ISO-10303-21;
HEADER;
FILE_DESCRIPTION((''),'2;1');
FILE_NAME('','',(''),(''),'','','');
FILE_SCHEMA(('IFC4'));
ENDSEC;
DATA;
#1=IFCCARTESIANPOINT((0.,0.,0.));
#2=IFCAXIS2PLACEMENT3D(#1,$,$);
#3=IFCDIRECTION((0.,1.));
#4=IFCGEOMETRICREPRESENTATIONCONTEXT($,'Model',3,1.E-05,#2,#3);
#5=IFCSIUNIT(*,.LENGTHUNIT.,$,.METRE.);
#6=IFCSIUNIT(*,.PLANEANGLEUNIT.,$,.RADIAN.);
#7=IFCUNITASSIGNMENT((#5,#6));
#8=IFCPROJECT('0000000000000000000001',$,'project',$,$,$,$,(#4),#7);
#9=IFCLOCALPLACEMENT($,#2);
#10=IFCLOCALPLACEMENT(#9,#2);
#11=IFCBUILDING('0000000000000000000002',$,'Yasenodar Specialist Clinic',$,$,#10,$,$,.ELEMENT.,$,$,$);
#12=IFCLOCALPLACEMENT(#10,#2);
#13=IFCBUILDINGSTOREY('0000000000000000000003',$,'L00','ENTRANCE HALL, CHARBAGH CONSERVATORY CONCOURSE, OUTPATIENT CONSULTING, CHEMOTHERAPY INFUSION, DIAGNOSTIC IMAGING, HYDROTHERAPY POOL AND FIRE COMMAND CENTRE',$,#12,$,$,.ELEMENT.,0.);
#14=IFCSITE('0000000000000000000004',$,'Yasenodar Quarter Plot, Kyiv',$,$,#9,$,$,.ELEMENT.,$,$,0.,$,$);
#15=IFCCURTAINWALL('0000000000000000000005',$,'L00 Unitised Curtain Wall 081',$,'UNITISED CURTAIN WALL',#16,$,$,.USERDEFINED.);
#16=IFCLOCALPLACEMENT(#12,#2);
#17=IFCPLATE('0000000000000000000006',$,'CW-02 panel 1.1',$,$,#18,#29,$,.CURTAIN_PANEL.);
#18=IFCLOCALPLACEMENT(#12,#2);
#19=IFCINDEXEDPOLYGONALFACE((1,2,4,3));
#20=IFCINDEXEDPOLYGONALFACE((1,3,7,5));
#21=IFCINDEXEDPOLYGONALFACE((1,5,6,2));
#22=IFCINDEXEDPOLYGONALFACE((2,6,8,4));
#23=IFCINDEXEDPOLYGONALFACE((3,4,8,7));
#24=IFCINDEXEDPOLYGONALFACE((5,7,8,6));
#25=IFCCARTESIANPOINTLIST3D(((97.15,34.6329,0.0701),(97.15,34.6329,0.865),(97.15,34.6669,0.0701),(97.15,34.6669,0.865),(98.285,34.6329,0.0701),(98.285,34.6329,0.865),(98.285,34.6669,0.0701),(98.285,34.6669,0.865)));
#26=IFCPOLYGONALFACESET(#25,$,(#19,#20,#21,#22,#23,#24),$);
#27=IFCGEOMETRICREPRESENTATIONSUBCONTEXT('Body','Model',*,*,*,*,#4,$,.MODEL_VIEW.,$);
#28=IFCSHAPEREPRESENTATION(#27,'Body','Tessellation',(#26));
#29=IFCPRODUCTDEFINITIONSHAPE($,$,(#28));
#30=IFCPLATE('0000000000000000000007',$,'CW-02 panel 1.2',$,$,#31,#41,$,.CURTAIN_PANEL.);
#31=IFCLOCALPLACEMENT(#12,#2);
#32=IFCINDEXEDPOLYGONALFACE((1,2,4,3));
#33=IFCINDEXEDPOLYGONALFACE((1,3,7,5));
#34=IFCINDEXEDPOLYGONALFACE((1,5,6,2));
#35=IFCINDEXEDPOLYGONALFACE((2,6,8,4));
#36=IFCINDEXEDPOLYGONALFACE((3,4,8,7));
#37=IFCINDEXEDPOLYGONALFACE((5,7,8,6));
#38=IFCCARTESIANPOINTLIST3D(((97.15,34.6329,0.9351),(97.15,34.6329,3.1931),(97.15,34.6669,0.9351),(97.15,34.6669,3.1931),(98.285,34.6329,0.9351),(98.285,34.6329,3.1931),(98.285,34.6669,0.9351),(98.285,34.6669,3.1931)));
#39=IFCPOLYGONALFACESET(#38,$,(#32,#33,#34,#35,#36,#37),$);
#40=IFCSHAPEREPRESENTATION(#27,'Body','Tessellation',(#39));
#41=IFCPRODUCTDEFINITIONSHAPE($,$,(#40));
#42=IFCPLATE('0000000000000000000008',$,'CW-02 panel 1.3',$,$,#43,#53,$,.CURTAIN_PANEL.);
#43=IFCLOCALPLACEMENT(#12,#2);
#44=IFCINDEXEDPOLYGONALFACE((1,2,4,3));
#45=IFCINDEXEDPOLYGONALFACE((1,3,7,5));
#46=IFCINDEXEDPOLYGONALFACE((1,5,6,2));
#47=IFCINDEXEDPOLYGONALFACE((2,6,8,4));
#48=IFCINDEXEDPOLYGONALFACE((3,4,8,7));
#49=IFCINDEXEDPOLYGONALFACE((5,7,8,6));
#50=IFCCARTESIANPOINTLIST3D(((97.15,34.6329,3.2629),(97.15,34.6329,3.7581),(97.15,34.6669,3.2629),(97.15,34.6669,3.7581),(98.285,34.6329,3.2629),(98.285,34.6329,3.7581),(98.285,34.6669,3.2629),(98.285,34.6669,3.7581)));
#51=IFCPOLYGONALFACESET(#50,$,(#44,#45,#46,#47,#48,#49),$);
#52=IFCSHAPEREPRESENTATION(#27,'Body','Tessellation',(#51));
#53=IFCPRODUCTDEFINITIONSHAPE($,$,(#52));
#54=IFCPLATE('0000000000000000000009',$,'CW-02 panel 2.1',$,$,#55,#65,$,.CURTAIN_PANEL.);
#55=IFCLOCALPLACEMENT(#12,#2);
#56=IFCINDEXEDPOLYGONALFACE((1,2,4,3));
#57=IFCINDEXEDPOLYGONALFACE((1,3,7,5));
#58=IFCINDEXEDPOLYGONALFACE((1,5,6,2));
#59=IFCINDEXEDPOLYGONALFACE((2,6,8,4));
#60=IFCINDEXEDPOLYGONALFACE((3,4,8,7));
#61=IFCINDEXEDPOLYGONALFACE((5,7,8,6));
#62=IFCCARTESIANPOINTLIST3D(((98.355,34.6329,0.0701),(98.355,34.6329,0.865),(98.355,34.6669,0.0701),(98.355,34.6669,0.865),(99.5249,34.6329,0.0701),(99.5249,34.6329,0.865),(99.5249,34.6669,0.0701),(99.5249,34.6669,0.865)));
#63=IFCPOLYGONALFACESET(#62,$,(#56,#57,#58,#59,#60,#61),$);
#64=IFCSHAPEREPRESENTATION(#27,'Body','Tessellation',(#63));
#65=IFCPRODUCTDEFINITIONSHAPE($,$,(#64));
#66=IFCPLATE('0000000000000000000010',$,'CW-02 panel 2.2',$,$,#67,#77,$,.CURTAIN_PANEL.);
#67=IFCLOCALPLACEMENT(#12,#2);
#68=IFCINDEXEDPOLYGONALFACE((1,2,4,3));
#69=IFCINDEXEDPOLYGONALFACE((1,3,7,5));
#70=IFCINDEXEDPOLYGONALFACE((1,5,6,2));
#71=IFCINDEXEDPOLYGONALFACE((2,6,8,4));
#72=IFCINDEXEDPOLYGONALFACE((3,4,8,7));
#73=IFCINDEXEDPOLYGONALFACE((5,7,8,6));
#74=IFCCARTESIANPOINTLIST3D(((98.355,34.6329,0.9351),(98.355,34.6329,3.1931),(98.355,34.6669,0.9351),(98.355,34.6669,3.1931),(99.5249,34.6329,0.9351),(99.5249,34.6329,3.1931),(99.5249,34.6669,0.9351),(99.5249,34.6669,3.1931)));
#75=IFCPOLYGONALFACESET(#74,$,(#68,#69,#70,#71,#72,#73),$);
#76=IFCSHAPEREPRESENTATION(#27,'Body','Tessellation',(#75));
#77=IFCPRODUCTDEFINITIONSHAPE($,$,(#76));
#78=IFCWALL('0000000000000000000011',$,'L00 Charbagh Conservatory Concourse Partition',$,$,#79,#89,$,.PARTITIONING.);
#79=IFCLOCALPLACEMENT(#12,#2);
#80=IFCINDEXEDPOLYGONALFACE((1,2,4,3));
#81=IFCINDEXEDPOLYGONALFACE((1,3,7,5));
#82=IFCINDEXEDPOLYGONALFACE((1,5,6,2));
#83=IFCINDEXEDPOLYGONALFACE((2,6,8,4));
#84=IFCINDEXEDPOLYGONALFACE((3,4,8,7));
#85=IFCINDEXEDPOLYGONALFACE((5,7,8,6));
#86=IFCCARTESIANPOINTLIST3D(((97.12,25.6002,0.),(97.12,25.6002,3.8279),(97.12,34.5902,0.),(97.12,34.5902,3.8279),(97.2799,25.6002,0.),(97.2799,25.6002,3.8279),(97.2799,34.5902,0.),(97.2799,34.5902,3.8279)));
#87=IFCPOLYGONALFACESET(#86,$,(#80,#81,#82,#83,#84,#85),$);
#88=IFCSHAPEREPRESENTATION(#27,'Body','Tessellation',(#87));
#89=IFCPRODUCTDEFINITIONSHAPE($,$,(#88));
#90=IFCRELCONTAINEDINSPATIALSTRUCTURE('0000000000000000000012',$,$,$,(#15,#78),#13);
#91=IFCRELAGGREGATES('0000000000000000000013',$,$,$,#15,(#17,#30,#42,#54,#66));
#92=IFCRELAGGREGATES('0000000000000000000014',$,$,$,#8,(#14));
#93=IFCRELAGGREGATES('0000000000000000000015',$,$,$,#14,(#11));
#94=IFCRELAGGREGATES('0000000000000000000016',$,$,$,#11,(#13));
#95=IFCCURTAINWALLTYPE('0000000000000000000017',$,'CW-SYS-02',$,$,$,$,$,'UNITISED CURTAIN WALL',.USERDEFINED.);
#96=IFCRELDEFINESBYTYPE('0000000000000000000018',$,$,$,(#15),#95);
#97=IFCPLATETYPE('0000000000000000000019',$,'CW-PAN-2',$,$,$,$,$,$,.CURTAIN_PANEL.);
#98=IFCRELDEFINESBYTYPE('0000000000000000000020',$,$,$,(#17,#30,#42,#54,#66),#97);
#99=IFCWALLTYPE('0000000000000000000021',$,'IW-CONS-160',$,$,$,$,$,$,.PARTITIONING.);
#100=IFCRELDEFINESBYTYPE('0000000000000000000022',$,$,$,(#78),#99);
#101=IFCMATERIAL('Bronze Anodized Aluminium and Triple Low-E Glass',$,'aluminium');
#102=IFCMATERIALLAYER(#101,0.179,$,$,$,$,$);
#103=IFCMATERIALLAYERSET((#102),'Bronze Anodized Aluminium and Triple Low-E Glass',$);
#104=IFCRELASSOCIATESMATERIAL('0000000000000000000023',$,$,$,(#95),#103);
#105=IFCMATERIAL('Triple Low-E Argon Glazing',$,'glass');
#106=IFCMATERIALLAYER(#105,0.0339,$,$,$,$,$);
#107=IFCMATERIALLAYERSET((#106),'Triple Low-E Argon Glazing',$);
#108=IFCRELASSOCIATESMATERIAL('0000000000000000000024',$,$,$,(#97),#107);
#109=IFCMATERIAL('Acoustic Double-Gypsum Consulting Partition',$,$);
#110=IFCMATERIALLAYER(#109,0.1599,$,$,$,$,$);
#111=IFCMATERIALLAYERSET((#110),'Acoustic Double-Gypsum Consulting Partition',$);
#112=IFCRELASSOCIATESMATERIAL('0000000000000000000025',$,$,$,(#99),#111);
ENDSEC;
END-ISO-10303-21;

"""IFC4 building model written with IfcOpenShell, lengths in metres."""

from ifc_helpers import new_model, si_unit, direction, frame, frame_2d, origin, origin_2d, place, context, subcontext, project, spatial, rectangle, extrude, material, layer, layer_set, type_object, element, aggregate, save


model = new_model("IFC4")

# Units and contexts
model_context = context("Model", 3, precision=1e-05, world=origin(), true_north=direction((0.0, 1.0)))
body_context = subcontext(model_context, "Body", "Model", "MODEL_VIEW")
ifc_project = project(units=[si_unit("LENGTHUNIT", "METRE"), si_unit("PLANEANGLEUNIT", "RADIAN")], contexts=[model_context])

# Site, building, storey
site_placement = place(None, origin())
site = spatial("IfcSite", under=ifc_project, at=site_placement, Name="Yasenodar Quarter Plot, Kyiv", CompositionType="ELEMENT", RefElevation=0.0)
building_placement = place(site_placement, origin())
building = spatial("IfcBuilding", under=site, at=building_placement, Name="Yasenodar Specialist Clinic", CompositionType="ELEMENT")
storey_placement = place(building_placement, origin())
storey = spatial("IfcBuildingStorey", under=building, at=storey_placement, Name="L00", Description="ENTRANCE HALL, CHARBAGH CONSERVATORY CONCOURSE, OUTPATIENT CONSULTING, CHEMOTHERAPY INFUSION, DIAGNOSTIC IMAGING, HYDROTHERAPY POOL AND FIRE COMMAND CENTRE", CompositionType="ELEMENT", Elevation=0.0)

# Curtain wall
ifc_material_1 = material(Name="Bronze Anodized Aluminium and Triple Low-E Glass", Category="aluminium")
ifc_layer_1 = layer(ifc_material_1, 0.179)
ifc_layer_set_1 = layer_set([ifc_layer_1], Name="Bronze Anodized Aluminium and Triple Low-E Glass")
curtain_wall_type = type_object("IfcCurtainWallType", Name="CW-SYS-02", ElementType="UNITISED CURTAIN WALL", PredefinedType="USERDEFINED", material=ifc_layer_set_1)
curtain_wall_placement = place(storey_placement, origin())
curtain_wall = element("IfcCurtainWall", 1, at=curtain_wall_placement, inside=storey, type_object=curtain_wall_type, Name="L00 Unitised Curtain Wall 081", ObjectType="UNITISED CURTAIN WALL", PredefinedType="USERDEFINED")

# Plates
ifc_material_2 = material(Name="Triple Low-E Argon Glazing", Category="glass")
ifc_layer_2 = layer(ifc_material_2, 0.0339)
ifc_layer_set_2 = layer_set([ifc_layer_2], Name="Triple Low-E Argon Glazing")
plate_type = type_object("IfcPlateType", Name="CW-PAN-2", PredefinedType="CURTAIN_PANEL", material=ifc_layer_set_2)
plate_1_placement = place(storey_placement, frame((97.7175, 34.6499, 0.0701), z_axis=(0.0, 0.0, 1.0), x_axis=(1.0, 0.0, 0.0)))
plate_1 = element("IfcPlate", 2, at=plate_1_placement, type_object=plate_type, Name="CW-02 panel 1.1", PredefinedType="CURTAIN_PANEL", context=body_context, shape_type="SweptSolid", body=[
    extrude(rectangle(XDim=1.135, YDim=0.0339, at=origin_2d()), origin(), (0.0, 0.0, 1.0), 0.7949),
])
plate_2_placement = place(storey_placement, frame((97.7175, 34.6499, 0.9351), z_axis=(0.0, 0.0, 1.0), x_axis=(1.0, 0.0, 0.0)))
plate_2 = element("IfcPlate", 3, at=plate_2_placement, type_object=plate_type, Name="CW-02 panel 1.2", PredefinedType="CURTAIN_PANEL", context=body_context, shape_type="SweptSolid", body=[
    extrude(rectangle(XDim=1.135, YDim=0.0339, at=origin_2d()), origin(), (0.0, 0.0, 1.0), 2.2581),
])
plate_3_placement = place(storey_placement, frame((97.7175, 34.6499, 3.2629), z_axis=(0.0, 0.0, 1.0), x_axis=(1.0, 0.0, 0.0)))
plate_3 = element("IfcPlate", 4, at=plate_3_placement, type_object=plate_type, Name="CW-02 panel 1.3", PredefinedType="CURTAIN_PANEL", context=body_context, shape_type="SweptSolid", body=[
    extrude(rectangle(XDim=1.135, YDim=0.0339, at=origin_2d()), origin(), (0.0, 0.0, 1.0), 0.4951),
])
plate_4_placement = place(storey_placement, frame((98.9399, 34.6499, 0.0701), z_axis=(0.0, 0.0, 1.0), x_axis=(1.0, 0.0, 0.0)))
plate_4 = element("IfcPlate", 5, at=plate_4_placement, type_object=plate_type, Name="CW-02 panel 2.1", PredefinedType="CURTAIN_PANEL", context=body_context, shape_type="SweptSolid", body=[
    extrude(rectangle(XDim=1.1699, YDim=0.0339, at=origin_2d()), origin(), (0.0, 0.0, 1.0), 0.7949),
])
plate_5_placement = place(storey_placement, frame((98.9399, 34.6499, 0.9351), z_axis=(0.0, 0.0, 1.0), x_axis=(1.0, 0.0, 0.0)))
plate_5 = element("IfcPlate", 6, at=plate_5_placement, type_object=plate_type, Name="CW-02 panel 2.2", PredefinedType="CURTAIN_PANEL", context=body_context, shape_type="SweptSolid", body=[
    extrude(rectangle(XDim=1.1699, YDim=0.0339, at=origin_2d()), origin(), (0.0, 0.0, 1.0), 2.2581),
])
aggregate(curtain_wall, [plate_1, plate_2, plate_3, plate_4, plate_5])

# Wall
ifc_material_3 = material(Name="Acoustic Double-Gypsum Consulting Partition")
ifc_layer_3 = layer(ifc_material_3, 0.1599)
ifc_layer_set_3 = layer_set([ifc_layer_3], Name="Acoustic Double-Gypsum Consulting Partition")
wall_type = type_object("IfcWallType", Name="IW-CONS-160", PredefinedType="PARTITIONING", material=ifc_layer_set_3)
wall_placement = place(storey_placement, frame((97.2, 25.6001, 0.0), z_axis=(0.0, 0.0, 1.0), x_axis=(0.0, 1.0, 0.0)))
element("IfcWall", 7, at=wall_placement, inside=storey, type_object=wall_type, Name="L00 Charbagh Conservatory Concourse Partition", PredefinedType="PARTITIONING", context=body_context, shape_type="SweptSolid", body=[
    extrude(rectangle(XDim=8.99, YDim=0.1599, at=frame_2d((4.4951, 0.0))), origin(), (0.0, 0.0, 1.0), 3.8279),
])

save(model, "model.ifc")
